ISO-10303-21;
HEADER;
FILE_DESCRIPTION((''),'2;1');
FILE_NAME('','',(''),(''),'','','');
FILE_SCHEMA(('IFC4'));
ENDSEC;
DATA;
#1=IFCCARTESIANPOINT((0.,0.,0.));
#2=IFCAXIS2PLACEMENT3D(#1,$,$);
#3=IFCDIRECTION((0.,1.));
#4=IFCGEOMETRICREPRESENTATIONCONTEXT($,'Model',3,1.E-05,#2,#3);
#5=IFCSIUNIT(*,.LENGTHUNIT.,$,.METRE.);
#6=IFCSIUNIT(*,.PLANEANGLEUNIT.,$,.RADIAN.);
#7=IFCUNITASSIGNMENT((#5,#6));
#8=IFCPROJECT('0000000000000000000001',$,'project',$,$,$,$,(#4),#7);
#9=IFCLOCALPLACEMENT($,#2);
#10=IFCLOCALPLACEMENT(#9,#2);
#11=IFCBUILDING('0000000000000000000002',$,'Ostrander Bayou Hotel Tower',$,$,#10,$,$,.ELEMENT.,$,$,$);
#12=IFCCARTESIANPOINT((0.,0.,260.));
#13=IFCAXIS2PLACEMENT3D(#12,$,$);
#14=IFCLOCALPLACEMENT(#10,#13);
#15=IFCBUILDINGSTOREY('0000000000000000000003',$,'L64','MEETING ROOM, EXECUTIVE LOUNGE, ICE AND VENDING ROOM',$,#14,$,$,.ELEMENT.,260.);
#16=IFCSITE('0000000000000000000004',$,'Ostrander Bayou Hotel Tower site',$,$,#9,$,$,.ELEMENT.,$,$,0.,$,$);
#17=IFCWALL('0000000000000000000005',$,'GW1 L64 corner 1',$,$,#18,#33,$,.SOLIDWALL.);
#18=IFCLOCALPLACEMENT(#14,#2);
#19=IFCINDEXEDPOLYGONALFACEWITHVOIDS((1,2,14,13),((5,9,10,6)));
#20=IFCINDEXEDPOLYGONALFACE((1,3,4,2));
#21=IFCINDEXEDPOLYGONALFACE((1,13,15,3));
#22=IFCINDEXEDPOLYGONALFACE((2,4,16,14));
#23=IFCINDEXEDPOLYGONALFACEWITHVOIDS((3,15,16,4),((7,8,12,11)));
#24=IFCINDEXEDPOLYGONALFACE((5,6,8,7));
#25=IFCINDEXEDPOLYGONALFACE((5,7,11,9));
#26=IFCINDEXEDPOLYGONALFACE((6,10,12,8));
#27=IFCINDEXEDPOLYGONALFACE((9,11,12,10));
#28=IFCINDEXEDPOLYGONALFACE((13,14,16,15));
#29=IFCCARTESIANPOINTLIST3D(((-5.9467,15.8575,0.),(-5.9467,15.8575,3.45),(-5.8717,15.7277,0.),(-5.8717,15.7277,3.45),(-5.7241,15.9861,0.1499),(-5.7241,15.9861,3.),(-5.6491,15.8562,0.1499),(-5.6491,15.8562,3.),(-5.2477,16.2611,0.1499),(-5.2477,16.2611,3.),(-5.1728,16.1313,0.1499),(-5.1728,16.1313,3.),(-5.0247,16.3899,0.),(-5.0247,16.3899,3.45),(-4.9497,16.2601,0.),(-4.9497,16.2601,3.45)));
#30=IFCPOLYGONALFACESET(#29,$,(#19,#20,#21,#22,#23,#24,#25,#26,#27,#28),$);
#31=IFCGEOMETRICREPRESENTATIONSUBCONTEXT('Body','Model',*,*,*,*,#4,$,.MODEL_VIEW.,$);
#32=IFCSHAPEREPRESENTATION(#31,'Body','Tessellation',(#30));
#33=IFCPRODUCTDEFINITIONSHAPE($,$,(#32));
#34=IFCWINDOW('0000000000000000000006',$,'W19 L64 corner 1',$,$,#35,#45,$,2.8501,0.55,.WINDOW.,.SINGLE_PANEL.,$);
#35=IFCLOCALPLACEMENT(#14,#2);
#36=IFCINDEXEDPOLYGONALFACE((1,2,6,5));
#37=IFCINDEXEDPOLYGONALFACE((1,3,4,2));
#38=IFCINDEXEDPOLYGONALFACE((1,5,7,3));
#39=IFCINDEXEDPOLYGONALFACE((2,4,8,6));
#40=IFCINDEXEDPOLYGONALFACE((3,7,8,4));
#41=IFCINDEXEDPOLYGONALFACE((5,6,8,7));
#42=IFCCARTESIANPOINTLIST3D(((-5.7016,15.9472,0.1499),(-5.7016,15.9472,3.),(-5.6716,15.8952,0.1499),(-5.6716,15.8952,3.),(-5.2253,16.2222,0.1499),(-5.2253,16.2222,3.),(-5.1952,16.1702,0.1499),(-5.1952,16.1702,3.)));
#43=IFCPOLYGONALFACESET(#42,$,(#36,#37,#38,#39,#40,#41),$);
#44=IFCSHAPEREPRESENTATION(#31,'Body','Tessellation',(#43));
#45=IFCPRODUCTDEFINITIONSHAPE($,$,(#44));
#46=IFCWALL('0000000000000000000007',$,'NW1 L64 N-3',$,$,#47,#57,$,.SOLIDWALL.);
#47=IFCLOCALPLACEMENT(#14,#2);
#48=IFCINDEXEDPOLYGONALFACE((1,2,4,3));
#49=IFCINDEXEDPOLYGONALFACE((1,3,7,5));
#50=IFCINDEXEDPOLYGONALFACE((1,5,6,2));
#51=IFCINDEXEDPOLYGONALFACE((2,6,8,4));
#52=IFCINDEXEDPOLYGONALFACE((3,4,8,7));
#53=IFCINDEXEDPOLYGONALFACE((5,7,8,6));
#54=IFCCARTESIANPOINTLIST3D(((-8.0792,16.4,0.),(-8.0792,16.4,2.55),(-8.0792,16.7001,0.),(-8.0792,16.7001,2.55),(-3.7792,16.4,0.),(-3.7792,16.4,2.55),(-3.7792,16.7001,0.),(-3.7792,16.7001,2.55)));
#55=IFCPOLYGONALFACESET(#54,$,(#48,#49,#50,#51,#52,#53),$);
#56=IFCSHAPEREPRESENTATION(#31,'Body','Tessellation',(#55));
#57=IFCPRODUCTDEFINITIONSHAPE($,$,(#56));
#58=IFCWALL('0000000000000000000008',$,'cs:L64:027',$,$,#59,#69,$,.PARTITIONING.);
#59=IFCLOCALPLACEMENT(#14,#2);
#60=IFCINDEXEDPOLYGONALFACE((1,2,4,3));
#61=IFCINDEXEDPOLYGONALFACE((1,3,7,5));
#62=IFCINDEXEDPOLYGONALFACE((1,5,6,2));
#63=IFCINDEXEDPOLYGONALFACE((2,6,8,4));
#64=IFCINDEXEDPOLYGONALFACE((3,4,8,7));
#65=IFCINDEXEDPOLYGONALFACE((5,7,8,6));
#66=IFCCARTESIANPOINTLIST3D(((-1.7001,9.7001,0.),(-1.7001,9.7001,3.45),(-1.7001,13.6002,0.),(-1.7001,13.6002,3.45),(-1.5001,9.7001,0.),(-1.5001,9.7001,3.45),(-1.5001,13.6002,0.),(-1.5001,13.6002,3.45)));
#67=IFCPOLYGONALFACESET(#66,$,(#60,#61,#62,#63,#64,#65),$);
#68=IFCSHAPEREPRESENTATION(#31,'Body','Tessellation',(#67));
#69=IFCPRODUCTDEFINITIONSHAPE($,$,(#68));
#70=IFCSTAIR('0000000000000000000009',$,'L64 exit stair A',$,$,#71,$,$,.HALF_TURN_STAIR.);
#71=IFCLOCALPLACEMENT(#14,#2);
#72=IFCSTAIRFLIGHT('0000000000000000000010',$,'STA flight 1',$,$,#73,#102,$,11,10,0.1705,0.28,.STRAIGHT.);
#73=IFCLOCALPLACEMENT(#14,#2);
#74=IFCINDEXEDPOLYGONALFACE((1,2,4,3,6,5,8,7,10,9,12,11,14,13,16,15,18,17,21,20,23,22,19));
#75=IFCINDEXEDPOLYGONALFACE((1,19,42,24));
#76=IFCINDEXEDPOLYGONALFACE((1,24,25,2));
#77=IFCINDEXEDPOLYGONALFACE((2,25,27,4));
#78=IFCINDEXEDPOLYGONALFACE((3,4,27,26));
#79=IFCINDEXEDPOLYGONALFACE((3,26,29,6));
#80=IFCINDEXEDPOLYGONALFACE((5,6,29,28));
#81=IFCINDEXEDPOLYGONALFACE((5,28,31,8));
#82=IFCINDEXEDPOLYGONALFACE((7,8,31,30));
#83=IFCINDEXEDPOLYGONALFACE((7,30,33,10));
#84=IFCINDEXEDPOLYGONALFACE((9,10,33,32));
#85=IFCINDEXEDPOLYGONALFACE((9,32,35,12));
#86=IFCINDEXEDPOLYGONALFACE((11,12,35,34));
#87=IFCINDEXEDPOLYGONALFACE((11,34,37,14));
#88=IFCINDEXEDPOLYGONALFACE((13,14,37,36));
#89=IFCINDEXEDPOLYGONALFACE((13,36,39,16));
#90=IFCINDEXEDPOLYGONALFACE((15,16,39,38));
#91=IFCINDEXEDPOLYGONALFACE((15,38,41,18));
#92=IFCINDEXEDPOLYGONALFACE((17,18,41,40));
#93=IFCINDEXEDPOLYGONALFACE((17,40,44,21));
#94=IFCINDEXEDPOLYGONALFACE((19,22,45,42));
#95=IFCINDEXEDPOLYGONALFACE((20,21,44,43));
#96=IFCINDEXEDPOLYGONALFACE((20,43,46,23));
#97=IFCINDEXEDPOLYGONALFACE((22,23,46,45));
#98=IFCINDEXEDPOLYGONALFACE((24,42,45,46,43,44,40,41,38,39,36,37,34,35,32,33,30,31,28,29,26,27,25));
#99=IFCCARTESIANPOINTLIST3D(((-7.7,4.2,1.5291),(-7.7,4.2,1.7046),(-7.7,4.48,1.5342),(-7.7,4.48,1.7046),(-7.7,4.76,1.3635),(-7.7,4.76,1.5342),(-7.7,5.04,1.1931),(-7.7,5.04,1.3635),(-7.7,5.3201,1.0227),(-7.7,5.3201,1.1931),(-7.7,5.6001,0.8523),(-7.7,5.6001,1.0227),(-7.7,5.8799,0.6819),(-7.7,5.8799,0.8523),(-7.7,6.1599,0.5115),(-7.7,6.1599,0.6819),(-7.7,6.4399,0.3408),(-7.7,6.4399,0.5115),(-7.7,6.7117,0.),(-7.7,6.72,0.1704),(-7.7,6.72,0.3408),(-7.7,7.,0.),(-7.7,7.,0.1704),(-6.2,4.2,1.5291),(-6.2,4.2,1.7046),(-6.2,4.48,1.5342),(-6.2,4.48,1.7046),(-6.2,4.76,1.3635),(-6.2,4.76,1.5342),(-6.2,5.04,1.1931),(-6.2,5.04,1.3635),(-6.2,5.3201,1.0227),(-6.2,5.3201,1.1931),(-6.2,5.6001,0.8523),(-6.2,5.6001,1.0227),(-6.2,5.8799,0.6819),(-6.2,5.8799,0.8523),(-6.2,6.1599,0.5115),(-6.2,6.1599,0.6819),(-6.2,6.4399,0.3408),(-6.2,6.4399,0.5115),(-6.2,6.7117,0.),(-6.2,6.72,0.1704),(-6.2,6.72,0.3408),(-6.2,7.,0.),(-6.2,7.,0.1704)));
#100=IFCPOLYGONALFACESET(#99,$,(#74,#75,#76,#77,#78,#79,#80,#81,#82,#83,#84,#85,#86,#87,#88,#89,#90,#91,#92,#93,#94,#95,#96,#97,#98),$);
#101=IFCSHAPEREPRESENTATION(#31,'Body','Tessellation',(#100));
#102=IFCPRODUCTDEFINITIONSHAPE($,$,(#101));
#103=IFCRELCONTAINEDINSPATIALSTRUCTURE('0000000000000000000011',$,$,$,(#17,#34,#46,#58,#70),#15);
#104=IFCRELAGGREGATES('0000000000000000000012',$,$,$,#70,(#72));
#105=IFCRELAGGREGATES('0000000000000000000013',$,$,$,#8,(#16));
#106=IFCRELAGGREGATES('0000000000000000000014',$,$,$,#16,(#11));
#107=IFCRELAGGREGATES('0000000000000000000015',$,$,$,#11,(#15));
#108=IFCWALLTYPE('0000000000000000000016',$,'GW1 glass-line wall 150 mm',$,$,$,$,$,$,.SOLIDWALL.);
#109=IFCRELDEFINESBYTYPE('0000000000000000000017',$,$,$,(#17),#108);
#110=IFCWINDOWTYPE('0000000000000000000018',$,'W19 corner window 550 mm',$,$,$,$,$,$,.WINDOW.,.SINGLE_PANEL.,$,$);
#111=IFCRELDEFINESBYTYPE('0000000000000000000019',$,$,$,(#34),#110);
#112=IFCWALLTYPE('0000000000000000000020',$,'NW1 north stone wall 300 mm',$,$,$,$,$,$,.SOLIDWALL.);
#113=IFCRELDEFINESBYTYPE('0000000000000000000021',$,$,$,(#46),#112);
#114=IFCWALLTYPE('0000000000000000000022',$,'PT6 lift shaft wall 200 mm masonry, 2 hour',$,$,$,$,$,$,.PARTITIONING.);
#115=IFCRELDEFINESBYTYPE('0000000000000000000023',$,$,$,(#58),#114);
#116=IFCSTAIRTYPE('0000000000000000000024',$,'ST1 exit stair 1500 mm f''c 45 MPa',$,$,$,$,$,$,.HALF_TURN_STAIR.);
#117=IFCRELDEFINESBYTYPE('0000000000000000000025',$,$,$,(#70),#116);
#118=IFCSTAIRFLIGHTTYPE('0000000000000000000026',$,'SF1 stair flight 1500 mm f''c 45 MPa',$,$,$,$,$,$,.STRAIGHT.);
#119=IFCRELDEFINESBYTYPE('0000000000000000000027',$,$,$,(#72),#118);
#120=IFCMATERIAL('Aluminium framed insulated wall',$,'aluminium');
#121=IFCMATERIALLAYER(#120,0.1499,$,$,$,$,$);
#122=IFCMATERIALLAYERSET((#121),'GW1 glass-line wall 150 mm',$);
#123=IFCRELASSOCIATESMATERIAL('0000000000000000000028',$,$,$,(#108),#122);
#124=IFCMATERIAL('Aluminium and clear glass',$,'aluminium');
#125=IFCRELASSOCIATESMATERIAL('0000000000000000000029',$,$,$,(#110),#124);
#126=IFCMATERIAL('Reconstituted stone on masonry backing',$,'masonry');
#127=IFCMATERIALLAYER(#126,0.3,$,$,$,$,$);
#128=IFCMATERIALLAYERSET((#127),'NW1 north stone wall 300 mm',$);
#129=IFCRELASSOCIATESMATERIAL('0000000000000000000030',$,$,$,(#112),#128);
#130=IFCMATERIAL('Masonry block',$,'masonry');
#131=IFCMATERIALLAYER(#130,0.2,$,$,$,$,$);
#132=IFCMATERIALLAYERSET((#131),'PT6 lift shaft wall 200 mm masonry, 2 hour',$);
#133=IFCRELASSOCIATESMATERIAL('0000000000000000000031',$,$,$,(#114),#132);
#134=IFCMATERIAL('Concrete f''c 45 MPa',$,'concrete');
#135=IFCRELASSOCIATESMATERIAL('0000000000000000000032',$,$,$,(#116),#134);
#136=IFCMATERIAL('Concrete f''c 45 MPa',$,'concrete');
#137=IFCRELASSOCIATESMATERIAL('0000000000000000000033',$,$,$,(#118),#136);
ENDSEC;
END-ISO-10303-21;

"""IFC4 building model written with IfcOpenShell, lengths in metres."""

from ifc_helpers import new_model, si_unit, direction, frame, frame_2d, origin, place, context, subcontext, project, spatial, polyline, rectangle, outline, extrude, material, layer, layer_set, type_object, element, fill, aggregate, save


model = new_model("IFC4")

# Units and contexts
model_context = context("Model", 3, precision=1e-05, world=origin(), true_north=direction((0.0, 1.0)))
body_context = subcontext(model_context, "Body", "Model", "MODEL_VIEW")
ifc_project = project(units=[si_unit("LENGTHUNIT", "METRE"), si_unit("PLANEANGLEUNIT", "RADIAN")], contexts=[model_context])

# Site, building, storey
site_placement = place(None, origin())
site = spatial("IfcSite", under=ifc_project, at=site_placement, Name="Ostrander Bayou Hotel Tower site", CompositionType="ELEMENT", RefElevation=0.0)
building_placement = place(site_placement, origin())
building = spatial("IfcBuilding", under=site, at=building_placement, Name="Ostrander Bayou Hotel Tower", CompositionType="ELEMENT")
storey_placement = place(building_placement, frame((0.0, 0.0, 260.0)))
storey = spatial("IfcBuildingStorey", under=building, at=storey_placement, Name="L64", Description="MEETING ROOM, EXECUTIVE LOUNGE, ICE AND VENDING ROOM", CompositionType="ELEMENT", Elevation=260.0)

# Shared definitions
ifc_material_1 = material(Name="Aluminium framed insulated wall", Category="aluminium")
ifc_layer_1 = layer(ifc_material_1, 0.1499)
ifc_layer_set_1 = layer_set([ifc_layer_1], Name="GW1 glass-line wall 150 mm")
wall_type_1 = type_object("IfcWallType", Name="GW1 glass-line wall 150 mm", PredefinedType="SOLIDWALL", material=ifc_layer_set_1)

# Wall, opening, window
wall_1_placement = place(storey_placement, frame((-4.9873, 16.325, 0.0), z_axis=(0.0, 0.0, 1.0), x_axis=(-0.865991, -0.50006, 0.0)))
wall_1 = element("IfcWall", 1, at=wall_1_placement, inside=storey, type_object=wall_type_1, Name="GW1 L64 corner 1", PredefinedType="SOLIDWALL", context=body_context, shape_type="SweptSolid", body=[
    extrude(rectangle(XDim=1.0647, YDim=0.1499, at=frame_2d((0.5322, 0.0))), origin(), (0.0, 0.0, 1.0), 3.45),
])
opening_1_placement = place(wall_1_placement, frame((0.2576, 0.0, 0.1499)))
opening_1 = element("IfcOpeningElement", 2, at=opening_1_placement, cuts=wall_1, PredefinedType="OPENING", context=body_context, shape_type="SweptSolid", body=[
    extrude(rectangle(XDim=0.55, YDim=2.8501, at=frame_2d((0.2749, 1.425))), frame((0.0, 0.075, 0.0), z_axis=(0.0, -1.0, 0.0), x_axis=(1.0, 0.0, 0.0)), (0.0, 0.0, 1.0), 0.1499),
])
ifc_material_2 = material(Name="Aluminium and clear glass", Category="aluminium")
window_type_1 = type_object("IfcWindowType", Name="W19 corner window 550 mm", PartitioningType="SINGLE_PANEL", PredefinedType="WINDOW", material=ifc_material_2)
window_1_placement = place(opening_1_placement, origin())
window_1 = element("IfcWindow", 3, at=window_1_placement, inside=storey, type_object=window_type_1, Name="W19 L64 corner 1", OverallHeight=2.8501, OverallWidth=0.55, PartitioningType="SINGLE_PANEL", PredefinedType="WINDOW", context=body_context, shape_type="SweptSolid", body=[
    extrude(rectangle(XDim=0.55, YDim=2.8501, at=frame_2d((0.2749, 1.425))), frame((0.0, 0.03, 0.0), z_axis=(0.0, -1.0, 0.0), x_axis=(1.0, 0.0, 0.0)), (0.0, 0.0, 1.0), 0.0601),
])
fill(opening_1, window_1)

# Wall
ifc_material_3 = material(Name="Reconstituted stone on masonry backing", Category="masonry")
ifc_layer_2 = layer(ifc_material_3, 0.3)
ifc_layer_set_2 = layer_set([ifc_layer_2], Name="NW1 north stone wall 300 mm")
wall_type_2 = type_object("IfcWallType", Name="NW1 north stone wall 300 mm", PredefinedType="SOLIDWALL", material=ifc_layer_set_2)
wall_2_placement = place(storey_placement, frame((-3.7793, 16.55, 0.0), z_axis=(0.0, 0.0, 1.0), x_axis=(-1.0, 0.0, 0.0)))
element("IfcWall", 4, at=wall_2_placement, inside=storey, type_object=wall_type_2, Name="NW1 L64 N-3", PredefinedType="SOLIDWALL", context=body_context, shape_type="SweptSolid", body=[
    extrude(rectangle(XDim=4.3, YDim=0.3, at=frame_2d((2.1499, 0.0))), origin(), (0.0, 0.0, 1.0), 2.55),
])

# Wall
ifc_material_4 = material(Name="Masonry block", Category="masonry")
ifc_layer_3 = layer(ifc_material_4, 0.2)
ifc_layer_set_3 = layer_set([ifc_layer_3], Name="PT6 lift shaft wall 200 mm masonry, 2 hour")
wall_type_3 = type_object("IfcWallType", Name="PT6 lift shaft wall 200 mm masonry, 2 hour", PredefinedType="PARTITIONING", material=ifc_layer_set_3)
wall_3_placement = place(storey_placement, frame((-1.6001, 9.7, 0.0), z_axis=(0.0, 0.0, 1.0), x_axis=(0.0, 1.0, 0.0)))
element("IfcWall", 5, at=wall_3_placement, inside=storey, type_object=wall_type_3, Name="cs:L64:027", PredefinedType="PARTITIONING", context=body_context, shape_type="SweptSolid", body=[
    extrude(rectangle(XDim=3.9001, YDim=0.2, at=frame_2d((1.9502, 0.0))), origin(), (0.0, 0.0, 1.0), 3.45),
])

# Stair, stair flight
ifc_material_5 = material(Name="Concrete f'c 45 MPa", Category="concrete")
stair_type = type_object("IfcStairType", Name="ST1 exit stair 1500 mm f'c 45 MPa", PredefinedType="HALF_TURN_STAIR", material=ifc_material_5)
stair_placement = place(storey_placement, origin())
stair = element("IfcStair", 6, at=stair_placement, inside=storey, type_object=stair_type, Name="L64 exit stair A", PredefinedType="HALF_TURN_STAIR")
ifc_material_6 = material(Name="Concrete f'c 45 MPa", Category="concrete")
stair_flight_type = type_object("IfcStairFlightType", Name="SF1 stair flight 1500 mm f'c 45 MPa", PredefinedType="STRAIGHT", material=ifc_material_6)
stair_flight_placement = place(storey_placement, frame((-6.95, 7.0, 0.0), z_axis=(0.0, 0.0, 1.0), x_axis=(0.0, -1.0, 0.0)))
stair_flight = element("IfcStairFlight", 7, at=stair_flight_placement, type_object=stair_flight_type, Name="STA flight 1", NumberOfRisers=11, NumberOfTreads=10, PredefinedType="STRAIGHT", RiserHeight=0.1705, TreadLength=0.28, context=body_context, shape_type="SweptSolid", body=[
    extrude(outline(polyline([(0.0, 0.0), (0.0, 0.1704), (0.28, 0.1704), (0.28, 0.3408), (0.5601, 0.3408), (0.5601, 0.5115), (0.8401, 0.5115), (0.8401, 0.6819), (1.1201, 0.6819), (1.1201, 0.8523), (1.3999, 0.8523), (1.3999, 1.0227), (1.6799, 1.0227), (1.6799, 1.1931), (1.96, 1.1931), (1.96, 1.3635), (2.24, 1.3635), (2.24, 1.5342), (2.52, 1.5342), (2.52, 1.7046), (2.8, 1.7046), (2.8, 1.875), (2.8, 1.5291), (0.2883, 0.0), (0.0, 0.0)])), frame((0.0, 0.75, 0.0), z_axis=(0.0, -1.0, 0.0), x_axis=(1.0, 0.0, 0.0)), (0.0, 0.0, 1.0), 1.5),
])
aggregate(stair, [stair_flight])

save(model, "model.ifc")
